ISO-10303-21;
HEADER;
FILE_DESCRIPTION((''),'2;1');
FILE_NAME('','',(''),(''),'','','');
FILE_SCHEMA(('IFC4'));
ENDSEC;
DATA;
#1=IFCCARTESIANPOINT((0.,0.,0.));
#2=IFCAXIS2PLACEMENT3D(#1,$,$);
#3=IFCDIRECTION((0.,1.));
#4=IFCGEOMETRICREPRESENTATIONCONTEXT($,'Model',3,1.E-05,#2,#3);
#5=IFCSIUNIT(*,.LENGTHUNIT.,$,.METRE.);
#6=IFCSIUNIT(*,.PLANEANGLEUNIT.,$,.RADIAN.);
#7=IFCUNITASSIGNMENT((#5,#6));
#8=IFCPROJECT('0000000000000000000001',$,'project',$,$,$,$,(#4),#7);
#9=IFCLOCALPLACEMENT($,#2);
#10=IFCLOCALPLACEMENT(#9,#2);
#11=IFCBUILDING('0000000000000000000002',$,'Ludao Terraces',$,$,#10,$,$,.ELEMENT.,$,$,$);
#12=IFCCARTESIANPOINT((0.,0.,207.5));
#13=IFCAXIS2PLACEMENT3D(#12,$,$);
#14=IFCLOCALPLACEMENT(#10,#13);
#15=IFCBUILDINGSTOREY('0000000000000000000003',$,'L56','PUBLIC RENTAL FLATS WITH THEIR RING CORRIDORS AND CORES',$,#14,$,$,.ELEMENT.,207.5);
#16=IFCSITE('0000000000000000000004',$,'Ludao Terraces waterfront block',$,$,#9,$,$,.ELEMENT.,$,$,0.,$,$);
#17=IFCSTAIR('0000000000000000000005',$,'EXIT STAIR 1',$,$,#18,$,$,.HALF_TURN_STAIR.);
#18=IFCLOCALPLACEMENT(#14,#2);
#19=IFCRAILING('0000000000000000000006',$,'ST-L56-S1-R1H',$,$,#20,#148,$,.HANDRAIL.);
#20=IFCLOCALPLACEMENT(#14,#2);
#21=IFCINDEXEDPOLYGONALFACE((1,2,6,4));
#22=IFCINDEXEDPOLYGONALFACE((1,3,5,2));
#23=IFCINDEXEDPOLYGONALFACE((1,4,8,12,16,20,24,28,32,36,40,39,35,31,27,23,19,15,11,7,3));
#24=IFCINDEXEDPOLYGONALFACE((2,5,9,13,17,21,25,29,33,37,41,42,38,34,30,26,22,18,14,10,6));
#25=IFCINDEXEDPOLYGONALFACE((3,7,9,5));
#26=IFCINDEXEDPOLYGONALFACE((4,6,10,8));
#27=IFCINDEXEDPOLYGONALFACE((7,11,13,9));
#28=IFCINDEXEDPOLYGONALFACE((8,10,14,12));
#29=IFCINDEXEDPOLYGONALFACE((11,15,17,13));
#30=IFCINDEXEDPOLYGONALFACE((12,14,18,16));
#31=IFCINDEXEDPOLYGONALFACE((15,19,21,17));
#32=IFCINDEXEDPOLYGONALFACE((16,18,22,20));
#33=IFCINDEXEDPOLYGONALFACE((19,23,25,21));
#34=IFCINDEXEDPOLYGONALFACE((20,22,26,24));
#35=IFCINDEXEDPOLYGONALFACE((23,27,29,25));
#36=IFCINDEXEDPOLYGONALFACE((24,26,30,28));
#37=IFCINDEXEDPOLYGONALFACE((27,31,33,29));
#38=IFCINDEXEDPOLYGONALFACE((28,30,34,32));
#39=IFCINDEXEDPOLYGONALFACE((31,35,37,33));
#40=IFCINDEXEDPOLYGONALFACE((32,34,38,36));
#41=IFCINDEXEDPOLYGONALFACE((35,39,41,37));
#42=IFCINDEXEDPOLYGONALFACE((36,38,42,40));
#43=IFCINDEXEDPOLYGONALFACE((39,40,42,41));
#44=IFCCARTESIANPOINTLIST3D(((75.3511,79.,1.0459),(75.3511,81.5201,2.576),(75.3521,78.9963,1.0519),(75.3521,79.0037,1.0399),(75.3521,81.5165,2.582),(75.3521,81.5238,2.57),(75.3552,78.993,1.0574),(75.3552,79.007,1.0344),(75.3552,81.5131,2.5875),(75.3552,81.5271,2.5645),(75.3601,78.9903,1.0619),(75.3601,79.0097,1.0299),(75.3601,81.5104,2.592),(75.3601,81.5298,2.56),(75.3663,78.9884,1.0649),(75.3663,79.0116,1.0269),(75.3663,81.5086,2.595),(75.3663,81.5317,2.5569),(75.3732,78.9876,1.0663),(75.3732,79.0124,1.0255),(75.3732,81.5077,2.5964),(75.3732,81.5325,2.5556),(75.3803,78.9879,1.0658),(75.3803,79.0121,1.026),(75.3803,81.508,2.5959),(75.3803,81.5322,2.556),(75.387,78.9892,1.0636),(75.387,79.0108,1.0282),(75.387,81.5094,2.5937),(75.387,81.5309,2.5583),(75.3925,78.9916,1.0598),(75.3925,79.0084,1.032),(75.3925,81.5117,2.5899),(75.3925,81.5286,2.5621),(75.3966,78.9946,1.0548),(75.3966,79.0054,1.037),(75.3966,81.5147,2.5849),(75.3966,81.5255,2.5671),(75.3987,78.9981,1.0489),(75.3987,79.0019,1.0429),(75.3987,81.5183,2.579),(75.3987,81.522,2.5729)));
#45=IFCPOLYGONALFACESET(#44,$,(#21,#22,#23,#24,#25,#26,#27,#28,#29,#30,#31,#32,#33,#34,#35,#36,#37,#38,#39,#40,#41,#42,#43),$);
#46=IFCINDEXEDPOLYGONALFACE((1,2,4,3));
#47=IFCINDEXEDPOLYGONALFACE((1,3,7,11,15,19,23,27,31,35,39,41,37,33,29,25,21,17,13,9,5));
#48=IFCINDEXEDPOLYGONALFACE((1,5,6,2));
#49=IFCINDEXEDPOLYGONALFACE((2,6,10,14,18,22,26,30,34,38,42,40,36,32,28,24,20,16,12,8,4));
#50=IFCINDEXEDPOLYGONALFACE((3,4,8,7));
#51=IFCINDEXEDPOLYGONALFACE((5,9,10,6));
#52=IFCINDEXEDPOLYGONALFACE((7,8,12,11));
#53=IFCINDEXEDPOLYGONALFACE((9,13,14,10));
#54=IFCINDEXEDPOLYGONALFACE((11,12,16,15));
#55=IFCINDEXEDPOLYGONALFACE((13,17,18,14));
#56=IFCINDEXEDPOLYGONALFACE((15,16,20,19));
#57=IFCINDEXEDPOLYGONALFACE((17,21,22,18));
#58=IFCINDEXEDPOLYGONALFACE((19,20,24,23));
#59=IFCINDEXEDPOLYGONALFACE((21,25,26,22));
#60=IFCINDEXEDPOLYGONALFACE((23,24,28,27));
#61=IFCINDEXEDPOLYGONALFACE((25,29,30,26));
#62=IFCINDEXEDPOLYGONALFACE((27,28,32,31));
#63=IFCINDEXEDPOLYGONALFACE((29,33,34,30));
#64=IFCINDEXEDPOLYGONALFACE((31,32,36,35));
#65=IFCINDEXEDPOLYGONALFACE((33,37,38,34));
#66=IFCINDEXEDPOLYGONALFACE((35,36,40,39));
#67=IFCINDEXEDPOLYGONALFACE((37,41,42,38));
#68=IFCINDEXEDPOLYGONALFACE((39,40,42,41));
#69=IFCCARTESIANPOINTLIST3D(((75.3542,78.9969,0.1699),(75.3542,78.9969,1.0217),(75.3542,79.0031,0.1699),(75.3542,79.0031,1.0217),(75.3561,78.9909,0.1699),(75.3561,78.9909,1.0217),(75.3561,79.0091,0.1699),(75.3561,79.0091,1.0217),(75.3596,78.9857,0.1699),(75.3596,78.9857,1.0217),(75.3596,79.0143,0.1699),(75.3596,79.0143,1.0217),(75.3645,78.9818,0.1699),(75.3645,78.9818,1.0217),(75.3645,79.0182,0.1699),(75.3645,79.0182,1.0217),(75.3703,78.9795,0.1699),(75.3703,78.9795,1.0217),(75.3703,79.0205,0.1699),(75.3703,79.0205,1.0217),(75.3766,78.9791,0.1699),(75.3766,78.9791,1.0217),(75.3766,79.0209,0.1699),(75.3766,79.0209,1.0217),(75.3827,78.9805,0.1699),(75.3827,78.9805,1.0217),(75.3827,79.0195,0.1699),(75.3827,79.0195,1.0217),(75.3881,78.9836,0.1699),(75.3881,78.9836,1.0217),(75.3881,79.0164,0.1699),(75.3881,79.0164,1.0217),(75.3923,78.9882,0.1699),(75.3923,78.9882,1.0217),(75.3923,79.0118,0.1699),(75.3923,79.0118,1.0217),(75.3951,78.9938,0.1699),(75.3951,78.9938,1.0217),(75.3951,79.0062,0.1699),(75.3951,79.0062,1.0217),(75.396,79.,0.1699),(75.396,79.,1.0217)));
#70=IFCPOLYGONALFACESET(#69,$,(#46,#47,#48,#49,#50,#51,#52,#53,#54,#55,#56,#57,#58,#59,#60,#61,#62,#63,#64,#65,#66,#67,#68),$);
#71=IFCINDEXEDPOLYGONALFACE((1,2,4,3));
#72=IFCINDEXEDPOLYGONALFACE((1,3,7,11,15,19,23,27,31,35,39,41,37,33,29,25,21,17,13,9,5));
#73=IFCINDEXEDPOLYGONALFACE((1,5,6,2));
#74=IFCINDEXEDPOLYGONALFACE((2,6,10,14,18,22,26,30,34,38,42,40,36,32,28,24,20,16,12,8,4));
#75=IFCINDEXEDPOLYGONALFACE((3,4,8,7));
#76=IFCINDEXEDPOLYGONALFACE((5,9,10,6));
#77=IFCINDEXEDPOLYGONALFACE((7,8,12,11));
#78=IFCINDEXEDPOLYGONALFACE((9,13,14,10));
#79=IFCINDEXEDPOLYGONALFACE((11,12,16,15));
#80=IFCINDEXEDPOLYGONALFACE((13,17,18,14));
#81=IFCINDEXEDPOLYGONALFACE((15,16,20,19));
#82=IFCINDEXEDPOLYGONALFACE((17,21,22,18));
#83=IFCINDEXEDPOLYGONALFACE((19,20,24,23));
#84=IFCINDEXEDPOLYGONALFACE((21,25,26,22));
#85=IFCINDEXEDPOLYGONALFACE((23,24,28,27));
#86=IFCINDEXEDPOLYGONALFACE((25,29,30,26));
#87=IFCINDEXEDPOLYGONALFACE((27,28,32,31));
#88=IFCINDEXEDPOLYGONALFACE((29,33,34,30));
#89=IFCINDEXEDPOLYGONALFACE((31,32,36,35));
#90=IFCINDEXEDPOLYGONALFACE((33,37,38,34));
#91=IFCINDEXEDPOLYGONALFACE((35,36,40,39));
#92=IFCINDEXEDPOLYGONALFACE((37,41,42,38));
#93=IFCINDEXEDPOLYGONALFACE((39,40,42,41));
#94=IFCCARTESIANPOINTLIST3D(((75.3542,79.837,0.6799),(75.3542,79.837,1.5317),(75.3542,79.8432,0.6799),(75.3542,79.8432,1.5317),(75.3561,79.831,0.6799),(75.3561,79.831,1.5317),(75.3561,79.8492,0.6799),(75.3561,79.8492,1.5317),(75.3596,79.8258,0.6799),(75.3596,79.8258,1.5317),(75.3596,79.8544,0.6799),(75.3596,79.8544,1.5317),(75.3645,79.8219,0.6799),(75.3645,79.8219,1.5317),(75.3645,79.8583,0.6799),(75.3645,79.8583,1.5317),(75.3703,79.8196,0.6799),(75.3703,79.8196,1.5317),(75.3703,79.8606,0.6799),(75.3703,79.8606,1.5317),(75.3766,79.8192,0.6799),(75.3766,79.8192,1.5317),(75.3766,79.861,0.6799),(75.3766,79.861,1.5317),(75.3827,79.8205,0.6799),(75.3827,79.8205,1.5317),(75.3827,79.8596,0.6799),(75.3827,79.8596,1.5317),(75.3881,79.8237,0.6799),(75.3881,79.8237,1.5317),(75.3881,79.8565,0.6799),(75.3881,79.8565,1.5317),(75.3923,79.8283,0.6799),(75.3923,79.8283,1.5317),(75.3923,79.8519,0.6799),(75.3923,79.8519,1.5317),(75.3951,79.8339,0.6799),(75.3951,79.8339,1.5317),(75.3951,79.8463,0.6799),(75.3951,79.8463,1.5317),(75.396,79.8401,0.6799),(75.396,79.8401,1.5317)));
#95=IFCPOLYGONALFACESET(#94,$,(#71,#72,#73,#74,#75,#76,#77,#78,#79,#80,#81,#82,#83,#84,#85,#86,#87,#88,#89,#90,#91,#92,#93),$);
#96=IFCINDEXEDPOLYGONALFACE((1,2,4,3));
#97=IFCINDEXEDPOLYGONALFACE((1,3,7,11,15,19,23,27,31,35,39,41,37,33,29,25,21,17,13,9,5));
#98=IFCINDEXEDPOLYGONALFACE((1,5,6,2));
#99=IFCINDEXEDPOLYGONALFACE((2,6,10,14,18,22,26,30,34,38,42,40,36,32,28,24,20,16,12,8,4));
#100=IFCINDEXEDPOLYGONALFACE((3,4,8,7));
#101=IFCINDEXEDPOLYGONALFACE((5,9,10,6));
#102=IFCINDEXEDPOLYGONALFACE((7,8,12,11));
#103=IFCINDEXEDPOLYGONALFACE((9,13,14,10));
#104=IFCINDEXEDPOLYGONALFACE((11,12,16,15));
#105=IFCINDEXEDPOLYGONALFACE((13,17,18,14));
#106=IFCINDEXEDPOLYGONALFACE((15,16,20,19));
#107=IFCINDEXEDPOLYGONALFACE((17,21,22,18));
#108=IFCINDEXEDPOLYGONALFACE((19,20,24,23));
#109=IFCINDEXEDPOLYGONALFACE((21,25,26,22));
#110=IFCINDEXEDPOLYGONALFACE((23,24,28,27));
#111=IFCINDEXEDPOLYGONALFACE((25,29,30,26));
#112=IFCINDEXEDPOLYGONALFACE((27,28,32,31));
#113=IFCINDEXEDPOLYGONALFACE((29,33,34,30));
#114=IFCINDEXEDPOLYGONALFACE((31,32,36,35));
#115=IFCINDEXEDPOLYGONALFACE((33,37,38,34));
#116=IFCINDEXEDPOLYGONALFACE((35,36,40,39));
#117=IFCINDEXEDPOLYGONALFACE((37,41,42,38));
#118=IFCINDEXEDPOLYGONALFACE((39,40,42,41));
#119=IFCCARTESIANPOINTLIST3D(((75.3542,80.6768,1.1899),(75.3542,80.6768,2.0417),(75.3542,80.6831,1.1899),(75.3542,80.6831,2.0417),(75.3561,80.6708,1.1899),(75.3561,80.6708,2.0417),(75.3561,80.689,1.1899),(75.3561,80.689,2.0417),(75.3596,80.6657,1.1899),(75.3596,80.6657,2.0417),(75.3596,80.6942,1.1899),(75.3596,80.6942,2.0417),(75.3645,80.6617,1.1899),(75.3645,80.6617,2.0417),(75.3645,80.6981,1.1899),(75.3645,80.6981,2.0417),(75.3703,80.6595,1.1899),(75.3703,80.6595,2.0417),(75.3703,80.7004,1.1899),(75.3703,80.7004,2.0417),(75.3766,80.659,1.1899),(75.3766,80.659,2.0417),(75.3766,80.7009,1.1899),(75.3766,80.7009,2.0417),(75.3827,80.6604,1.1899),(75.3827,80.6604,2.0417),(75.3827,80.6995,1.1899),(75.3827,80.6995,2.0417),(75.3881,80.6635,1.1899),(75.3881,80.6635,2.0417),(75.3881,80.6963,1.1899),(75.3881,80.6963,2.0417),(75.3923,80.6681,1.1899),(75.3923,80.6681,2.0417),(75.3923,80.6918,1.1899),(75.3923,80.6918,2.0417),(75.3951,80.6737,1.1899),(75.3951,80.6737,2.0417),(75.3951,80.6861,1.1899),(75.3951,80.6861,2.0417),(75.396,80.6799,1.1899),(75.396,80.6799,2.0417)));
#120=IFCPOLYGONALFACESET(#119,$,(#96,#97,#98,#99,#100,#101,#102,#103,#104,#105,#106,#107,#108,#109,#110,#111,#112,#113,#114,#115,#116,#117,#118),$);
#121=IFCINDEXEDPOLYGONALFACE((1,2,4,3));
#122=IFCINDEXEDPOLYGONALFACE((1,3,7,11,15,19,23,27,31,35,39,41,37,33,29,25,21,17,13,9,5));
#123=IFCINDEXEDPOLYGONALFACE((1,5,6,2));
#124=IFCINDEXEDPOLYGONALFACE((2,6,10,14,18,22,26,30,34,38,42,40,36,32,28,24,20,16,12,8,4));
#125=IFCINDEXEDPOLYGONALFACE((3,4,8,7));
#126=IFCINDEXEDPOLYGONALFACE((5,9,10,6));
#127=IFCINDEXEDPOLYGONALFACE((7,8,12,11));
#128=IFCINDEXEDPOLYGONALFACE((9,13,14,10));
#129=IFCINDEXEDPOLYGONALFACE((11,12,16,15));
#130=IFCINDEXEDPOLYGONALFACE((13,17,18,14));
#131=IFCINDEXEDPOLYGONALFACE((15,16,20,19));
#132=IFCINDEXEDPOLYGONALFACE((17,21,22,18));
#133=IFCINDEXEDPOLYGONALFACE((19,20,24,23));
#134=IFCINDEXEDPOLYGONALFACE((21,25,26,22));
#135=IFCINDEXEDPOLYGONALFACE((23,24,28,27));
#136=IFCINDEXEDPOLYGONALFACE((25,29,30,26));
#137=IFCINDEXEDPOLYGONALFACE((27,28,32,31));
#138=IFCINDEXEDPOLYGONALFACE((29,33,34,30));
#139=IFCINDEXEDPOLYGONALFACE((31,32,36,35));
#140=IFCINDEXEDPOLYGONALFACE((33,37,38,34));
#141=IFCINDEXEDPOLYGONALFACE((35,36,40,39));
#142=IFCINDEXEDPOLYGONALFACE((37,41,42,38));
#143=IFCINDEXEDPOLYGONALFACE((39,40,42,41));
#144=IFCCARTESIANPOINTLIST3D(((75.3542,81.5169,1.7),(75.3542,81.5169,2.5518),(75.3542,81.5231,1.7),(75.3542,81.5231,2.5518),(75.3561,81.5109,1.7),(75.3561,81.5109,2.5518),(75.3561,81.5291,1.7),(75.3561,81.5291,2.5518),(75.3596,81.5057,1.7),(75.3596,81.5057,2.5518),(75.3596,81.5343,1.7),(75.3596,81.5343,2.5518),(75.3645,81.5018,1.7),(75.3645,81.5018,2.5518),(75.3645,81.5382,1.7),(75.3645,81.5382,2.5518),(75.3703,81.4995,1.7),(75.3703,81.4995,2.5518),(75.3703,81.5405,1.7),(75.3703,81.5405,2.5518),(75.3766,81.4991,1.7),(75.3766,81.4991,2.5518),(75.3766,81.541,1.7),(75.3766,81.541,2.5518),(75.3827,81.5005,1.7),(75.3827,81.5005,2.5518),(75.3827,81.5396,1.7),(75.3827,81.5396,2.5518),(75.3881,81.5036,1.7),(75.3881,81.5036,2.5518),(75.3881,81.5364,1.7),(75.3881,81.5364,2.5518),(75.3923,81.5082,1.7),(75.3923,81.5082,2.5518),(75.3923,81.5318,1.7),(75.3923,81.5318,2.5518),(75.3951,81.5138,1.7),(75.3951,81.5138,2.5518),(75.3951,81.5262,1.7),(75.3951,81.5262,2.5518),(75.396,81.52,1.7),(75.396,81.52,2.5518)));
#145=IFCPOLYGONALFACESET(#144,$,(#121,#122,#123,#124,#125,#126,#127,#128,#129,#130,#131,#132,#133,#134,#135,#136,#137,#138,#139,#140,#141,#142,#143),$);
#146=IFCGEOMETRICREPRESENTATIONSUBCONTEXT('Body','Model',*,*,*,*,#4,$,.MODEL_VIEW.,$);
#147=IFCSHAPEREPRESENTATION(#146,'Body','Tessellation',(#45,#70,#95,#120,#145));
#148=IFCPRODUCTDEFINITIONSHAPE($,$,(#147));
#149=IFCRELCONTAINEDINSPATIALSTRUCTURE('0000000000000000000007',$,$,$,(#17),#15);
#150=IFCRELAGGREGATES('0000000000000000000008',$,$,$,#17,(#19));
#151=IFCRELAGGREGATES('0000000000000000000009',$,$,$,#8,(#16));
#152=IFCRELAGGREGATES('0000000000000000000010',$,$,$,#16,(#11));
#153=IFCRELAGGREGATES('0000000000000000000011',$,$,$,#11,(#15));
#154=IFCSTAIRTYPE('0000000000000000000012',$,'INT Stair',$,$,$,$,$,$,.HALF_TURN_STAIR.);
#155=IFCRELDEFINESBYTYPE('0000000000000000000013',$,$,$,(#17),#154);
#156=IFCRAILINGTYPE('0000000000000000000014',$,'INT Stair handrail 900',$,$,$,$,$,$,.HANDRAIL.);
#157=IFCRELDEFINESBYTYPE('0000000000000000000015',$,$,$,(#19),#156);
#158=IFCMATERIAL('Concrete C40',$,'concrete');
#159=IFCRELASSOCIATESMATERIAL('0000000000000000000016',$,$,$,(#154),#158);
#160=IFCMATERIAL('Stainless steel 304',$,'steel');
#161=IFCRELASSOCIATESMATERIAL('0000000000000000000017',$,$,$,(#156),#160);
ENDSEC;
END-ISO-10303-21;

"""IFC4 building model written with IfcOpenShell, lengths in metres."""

from ifc_helpers import new_model, si_unit, direction, frame, origin, origin_2d, place, context, subcontext, project, spatial, circle, extrude, material, type_object, element, aggregate, save


model = new_model("IFC4")

# Units and contexts
model_context = context("Model", 3, precision=1e-05, world=origin(), true_north=direction((0.0, 1.0)))
body_context = subcontext(model_context, "Body", "Model", "MODEL_VIEW")
ifc_project = project(units=[si_unit("LENGTHUNIT", "METRE"), si_unit("PLANEANGLEUNIT", "RADIAN")], contexts=[model_context])

# Site, building, storey
site_placement = place(None, origin())
site = spatial("IfcSite", under=ifc_project, at=site_placement, Name="Ludao Terraces waterfront block", CompositionType="ELEMENT", RefElevation=0.0)
building_placement = place(site_placement, origin())
building = spatial("IfcBuilding", under=site, at=building_placement, Name="Ludao Terraces", CompositionType="ELEMENT")
storey_placement = place(building_placement, frame((0.0, 0.0, 207.5)))
storey = spatial("IfcBuildingStorey", under=building, at=storey_placement, Name="L56", Description="PUBLIC RENTAL FLATS WITH THEIR RING CORRIDORS AND CORES", CompositionType="ELEMENT", Elevation=207.5)

# Shared definitions
ifc_material_1 = material(Name="Concrete C40", Category="concrete")

# Stair, railing
stair_type = type_object("IfcStairType", Name="INT Stair", PredefinedType="HALF_TURN_STAIR", material=ifc_material_1)
stair_placement = place(storey_placement, origin())
stair = element("IfcStair", 1, at=stair_placement, inside=storey, type_object=stair_type, Name="EXIT STAIR 1", PredefinedType="HALF_TURN_STAIR")
ifc_material_2 = material(Name="Stainless steel 304", Category="steel")
railing_type_1 = type_object("IfcRailingType", Name="INT Stair handrail 900", PredefinedType="HANDRAIL", material=ifc_material_2)
railing_1_placement = place(storey_placement, frame((75.375, 79.0, 0.1699)))
railing_1 = element("IfcRailing", 2, at=railing_1_placement, type_object=railing_type_1, Name="ST-L56-S1-R1H", PredefinedType="HANDRAIL", context=body_context, shape_type="SweptSolid", body=[
    extrude(circle(Radius=0.0239, at=origin_2d()), frame((0.0, 0.0, 0.876), z_axis=(0.0, 0.854785, 0.518982), x_axis=(-1.0, 0.0, 0.0)), (0.0, 0.0, 1.0), 2.9482),
    extrude(circle(Radius=0.021, at=origin_2d()), origin(), (0.0, 0.0, 1.0), 0.8518),
    extrude(circle(Radius=0.021, at=origin_2d()), frame((0.0, 0.8401, 0.51)), (0.0, 0.0, 1.0), 0.8518),
    extrude(circle(Radius=0.021, at=origin_2d()), frame((0.0, 1.6799, 1.02)), (0.0, 0.0, 1.0), 0.8518),
    extrude(circle(Radius=0.021, at=origin_2d()), frame((0.0, 2.52, 1.53)), (0.0, 0.0, 1.0), 0.8518),
])
aggregate(stair, [railing_1])

save(model, "model.ifc")
